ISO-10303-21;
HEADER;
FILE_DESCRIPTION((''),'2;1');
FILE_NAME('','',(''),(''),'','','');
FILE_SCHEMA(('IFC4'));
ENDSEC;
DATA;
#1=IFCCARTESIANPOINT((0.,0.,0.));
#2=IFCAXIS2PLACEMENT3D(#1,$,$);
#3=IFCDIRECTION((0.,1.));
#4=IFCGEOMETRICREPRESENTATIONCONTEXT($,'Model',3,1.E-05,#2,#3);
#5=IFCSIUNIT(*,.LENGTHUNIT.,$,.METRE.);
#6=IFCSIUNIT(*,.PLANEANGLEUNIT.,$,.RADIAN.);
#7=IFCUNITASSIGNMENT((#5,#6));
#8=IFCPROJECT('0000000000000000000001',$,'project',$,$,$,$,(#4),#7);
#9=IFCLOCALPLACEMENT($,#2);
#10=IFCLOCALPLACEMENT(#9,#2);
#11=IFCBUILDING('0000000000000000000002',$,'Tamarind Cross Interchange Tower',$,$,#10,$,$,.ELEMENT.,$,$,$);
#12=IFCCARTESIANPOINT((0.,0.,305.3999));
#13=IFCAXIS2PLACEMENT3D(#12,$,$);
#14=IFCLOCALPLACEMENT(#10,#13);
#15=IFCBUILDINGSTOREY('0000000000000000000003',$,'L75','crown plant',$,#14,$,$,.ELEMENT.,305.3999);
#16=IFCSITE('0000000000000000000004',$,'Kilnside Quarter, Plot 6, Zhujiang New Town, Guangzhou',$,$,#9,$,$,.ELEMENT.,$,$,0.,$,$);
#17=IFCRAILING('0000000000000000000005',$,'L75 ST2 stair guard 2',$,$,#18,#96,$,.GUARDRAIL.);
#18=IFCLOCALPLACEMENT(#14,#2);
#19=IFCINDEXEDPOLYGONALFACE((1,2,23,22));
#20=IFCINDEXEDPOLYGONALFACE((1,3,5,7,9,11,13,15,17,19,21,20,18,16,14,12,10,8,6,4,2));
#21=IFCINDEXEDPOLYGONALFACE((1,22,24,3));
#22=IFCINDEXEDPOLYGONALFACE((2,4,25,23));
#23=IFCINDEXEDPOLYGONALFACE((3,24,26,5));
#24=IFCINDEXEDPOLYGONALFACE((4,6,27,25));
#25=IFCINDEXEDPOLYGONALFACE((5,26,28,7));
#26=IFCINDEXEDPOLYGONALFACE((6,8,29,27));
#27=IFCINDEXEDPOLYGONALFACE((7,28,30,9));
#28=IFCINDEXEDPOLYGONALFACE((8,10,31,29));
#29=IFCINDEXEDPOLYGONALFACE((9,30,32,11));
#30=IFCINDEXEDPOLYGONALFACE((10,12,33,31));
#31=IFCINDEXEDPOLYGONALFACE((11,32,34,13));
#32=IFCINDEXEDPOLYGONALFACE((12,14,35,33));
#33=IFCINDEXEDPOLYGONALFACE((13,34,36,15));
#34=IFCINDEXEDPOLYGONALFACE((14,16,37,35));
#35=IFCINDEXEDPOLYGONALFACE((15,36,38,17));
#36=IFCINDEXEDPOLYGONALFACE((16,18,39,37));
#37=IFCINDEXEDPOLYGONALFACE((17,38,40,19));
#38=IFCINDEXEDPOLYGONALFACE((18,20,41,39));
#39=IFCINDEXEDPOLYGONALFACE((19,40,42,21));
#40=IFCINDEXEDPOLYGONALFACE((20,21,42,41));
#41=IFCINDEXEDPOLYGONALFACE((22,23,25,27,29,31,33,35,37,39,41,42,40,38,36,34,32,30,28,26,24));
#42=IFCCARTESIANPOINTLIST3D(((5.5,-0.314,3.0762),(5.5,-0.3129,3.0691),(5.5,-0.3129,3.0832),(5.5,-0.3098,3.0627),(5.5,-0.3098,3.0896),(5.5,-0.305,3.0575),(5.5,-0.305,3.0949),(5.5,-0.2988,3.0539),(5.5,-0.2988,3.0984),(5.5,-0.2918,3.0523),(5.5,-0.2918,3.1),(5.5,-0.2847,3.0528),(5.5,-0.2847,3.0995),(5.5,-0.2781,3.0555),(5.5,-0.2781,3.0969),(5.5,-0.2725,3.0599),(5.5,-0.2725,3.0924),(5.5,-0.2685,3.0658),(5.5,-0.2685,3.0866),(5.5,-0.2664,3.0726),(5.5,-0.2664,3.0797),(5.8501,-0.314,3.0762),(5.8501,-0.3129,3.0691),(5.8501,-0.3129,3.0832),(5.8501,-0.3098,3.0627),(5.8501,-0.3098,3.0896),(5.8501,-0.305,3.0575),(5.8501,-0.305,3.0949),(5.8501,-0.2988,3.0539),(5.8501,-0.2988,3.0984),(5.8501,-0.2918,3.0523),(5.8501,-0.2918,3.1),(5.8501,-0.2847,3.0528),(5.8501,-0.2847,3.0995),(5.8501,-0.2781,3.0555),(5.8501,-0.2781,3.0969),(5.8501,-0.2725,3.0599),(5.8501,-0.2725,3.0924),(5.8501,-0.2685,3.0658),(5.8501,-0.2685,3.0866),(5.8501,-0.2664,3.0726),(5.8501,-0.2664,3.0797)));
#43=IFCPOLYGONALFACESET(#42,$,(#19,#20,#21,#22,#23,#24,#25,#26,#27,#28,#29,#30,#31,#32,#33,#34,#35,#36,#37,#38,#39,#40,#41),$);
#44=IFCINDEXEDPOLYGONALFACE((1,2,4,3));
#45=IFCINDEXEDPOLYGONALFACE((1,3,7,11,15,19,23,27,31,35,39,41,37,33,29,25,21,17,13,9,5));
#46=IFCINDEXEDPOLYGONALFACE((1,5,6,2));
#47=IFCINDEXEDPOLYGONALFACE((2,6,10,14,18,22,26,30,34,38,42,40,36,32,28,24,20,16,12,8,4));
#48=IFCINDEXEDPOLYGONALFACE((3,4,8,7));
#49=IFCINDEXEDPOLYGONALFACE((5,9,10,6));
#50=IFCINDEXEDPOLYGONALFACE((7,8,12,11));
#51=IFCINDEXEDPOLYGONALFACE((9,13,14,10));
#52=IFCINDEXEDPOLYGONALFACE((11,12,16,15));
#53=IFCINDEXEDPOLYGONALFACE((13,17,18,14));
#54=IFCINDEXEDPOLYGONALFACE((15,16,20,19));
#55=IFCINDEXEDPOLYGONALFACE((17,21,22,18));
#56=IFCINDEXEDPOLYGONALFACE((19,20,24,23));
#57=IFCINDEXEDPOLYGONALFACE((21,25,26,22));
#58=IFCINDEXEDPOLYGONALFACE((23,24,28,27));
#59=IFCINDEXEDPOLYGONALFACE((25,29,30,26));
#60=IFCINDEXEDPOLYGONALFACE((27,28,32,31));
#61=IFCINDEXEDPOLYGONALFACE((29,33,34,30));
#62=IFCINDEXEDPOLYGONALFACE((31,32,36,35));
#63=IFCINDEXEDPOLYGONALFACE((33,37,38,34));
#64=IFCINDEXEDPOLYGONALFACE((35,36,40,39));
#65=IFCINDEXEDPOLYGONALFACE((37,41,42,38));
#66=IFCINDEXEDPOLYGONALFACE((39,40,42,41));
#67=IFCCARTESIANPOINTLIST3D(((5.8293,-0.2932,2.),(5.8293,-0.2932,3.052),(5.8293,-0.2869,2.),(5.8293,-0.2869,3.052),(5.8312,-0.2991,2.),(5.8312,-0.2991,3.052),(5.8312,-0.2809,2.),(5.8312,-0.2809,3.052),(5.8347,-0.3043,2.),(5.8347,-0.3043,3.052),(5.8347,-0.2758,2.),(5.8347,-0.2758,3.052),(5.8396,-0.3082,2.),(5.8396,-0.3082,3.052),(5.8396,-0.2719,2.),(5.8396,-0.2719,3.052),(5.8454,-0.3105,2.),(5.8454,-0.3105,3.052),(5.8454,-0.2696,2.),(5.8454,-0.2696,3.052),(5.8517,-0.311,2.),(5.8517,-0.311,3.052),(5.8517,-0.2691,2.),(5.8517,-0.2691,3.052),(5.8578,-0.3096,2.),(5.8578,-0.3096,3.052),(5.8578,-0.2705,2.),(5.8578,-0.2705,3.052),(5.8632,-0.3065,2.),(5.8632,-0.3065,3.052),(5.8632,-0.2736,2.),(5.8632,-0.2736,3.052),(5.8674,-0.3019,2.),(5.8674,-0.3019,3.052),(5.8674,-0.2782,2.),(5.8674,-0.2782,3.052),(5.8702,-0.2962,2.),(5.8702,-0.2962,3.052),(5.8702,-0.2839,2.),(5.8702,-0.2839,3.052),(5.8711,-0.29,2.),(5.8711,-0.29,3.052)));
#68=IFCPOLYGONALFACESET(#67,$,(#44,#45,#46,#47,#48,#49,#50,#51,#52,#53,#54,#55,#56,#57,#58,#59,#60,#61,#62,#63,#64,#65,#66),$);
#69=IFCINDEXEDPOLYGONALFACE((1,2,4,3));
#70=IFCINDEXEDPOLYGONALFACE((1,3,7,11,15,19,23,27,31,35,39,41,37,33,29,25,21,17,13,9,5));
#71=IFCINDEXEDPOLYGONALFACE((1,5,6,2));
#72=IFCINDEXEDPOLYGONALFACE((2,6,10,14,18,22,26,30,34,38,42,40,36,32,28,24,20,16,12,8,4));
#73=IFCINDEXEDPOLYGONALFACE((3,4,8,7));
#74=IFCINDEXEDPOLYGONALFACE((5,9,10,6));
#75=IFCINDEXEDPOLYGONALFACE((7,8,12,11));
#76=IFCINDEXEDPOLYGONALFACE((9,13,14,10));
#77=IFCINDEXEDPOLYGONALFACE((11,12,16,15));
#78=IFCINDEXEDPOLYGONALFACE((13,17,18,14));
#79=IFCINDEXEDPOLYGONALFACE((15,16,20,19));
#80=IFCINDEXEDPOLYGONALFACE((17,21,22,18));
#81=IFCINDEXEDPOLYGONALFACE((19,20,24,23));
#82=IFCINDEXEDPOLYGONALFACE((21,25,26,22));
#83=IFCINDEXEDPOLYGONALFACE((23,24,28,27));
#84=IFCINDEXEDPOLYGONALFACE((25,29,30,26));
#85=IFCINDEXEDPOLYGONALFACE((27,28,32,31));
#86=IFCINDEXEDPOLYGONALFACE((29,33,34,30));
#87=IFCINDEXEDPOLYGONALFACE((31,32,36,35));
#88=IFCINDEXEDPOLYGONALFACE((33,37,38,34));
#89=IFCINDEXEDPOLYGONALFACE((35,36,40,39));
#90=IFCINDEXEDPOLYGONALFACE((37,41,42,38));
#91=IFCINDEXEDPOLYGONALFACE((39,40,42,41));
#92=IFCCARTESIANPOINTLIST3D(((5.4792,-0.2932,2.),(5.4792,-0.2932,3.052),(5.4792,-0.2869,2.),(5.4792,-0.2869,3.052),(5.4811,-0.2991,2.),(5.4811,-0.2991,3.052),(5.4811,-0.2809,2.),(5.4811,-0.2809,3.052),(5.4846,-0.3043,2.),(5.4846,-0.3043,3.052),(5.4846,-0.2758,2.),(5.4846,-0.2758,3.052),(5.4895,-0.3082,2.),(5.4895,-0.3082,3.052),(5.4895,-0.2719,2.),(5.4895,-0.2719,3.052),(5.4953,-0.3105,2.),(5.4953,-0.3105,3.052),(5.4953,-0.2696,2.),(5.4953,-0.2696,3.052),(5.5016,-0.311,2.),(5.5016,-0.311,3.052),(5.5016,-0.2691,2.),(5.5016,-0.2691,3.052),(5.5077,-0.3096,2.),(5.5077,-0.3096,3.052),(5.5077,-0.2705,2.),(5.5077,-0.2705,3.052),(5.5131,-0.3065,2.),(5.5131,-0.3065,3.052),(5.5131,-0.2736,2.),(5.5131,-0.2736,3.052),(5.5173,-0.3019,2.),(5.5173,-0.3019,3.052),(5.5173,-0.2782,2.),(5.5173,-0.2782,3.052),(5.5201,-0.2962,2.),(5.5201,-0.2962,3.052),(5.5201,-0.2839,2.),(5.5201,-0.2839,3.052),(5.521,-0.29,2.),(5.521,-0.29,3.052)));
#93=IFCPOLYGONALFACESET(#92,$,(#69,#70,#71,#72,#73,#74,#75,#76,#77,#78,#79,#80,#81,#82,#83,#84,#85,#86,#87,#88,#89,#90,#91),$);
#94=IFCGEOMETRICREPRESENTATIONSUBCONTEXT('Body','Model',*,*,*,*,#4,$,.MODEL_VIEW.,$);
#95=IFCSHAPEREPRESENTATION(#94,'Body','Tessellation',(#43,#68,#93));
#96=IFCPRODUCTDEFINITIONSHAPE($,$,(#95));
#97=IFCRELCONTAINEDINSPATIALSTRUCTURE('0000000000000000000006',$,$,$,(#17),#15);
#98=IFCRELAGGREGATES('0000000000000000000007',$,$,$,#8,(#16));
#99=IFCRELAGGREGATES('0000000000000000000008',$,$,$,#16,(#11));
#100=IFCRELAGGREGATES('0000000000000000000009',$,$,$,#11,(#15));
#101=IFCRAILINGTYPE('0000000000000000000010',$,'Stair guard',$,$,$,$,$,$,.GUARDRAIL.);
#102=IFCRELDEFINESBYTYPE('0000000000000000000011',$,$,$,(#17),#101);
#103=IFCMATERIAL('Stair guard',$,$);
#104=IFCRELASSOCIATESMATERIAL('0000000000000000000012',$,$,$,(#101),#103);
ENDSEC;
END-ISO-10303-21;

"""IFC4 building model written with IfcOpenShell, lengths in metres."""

from ifc_helpers import new_model, si_unit, direction, frame, origin, origin_2d, place, context, subcontext, project, spatial, circle, extrude, material, type_object, element, save


model = new_model("IFC4")

# Units and contexts
model_context = context("Model", 3, precision=1e-05, world=origin(), true_north=direction((0.0, 1.0)))
body_context = subcontext(model_context, "Body", "Model", "MODEL_VIEW")
ifc_project = project(units=[si_unit("LENGTHUNIT", "METRE"), si_unit("PLANEANGLEUNIT", "RADIAN")], contexts=[model_context])

# Site, building, storey
site_placement = place(None, origin())
site = spatial("IfcSite", under=ifc_project, at=site_placement, Name="Kilnside Quarter, Plot 6, Zhujiang New Town, Guangzhou", CompositionType="ELEMENT", RefElevation=0.0)
building_placement = place(site_placement, origin())
building = spatial("IfcBuilding", under=site, at=building_placement, Name="Tamarind Cross Interchange Tower", CompositionType="ELEMENT")
storey_placement = place(building_placement, frame((0.0, 0.0, 305.3999)))
storey = spatial("IfcBuildingStorey", under=building, at=storey_placement, Name="L75", Description="crown plant", CompositionType="ELEMENT", Elevation=305.3999)

# Railing
ifc_material_1 = material(Name="Stair guard")
railing_type_1 = type_object("IfcRailingType", Name="Stair guard", PredefinedType="GUARDRAIL", material=ifc_material_1)
railing_1_placement = place(storey_placement, frame((5.8501, -0.29, 2.0)))
element("IfcRailing", 1, at=railing_1_placement, inside=storey, type_object=railing_type_1, Name="L75 ST2 stair guard 2", PredefinedType="GUARDRAIL", context=body_context, shape_type="SweptSolid", body=[
    extrude(circle(Radius=0.0239, at=origin_2d()), frame((0.0, 0.0, 1.0762), z_axis=(-1.0, 0.0, 0.0), x_axis=(0.0, -1.0, 0.0)), (0.0, 0.0, 1.0), 0.3501),
    extrude(circle(Radius=0.021, at=origin_2d()), origin(), (0.0, 0.0, 1.0), 1.052),
    extrude(circle(Radius=0.021, at=origin_2d()), frame((-0.3501, 0.0, 0.0)), (0.0, 0.0, 1.0), 1.052),
])

save(model, "model.ifc")
